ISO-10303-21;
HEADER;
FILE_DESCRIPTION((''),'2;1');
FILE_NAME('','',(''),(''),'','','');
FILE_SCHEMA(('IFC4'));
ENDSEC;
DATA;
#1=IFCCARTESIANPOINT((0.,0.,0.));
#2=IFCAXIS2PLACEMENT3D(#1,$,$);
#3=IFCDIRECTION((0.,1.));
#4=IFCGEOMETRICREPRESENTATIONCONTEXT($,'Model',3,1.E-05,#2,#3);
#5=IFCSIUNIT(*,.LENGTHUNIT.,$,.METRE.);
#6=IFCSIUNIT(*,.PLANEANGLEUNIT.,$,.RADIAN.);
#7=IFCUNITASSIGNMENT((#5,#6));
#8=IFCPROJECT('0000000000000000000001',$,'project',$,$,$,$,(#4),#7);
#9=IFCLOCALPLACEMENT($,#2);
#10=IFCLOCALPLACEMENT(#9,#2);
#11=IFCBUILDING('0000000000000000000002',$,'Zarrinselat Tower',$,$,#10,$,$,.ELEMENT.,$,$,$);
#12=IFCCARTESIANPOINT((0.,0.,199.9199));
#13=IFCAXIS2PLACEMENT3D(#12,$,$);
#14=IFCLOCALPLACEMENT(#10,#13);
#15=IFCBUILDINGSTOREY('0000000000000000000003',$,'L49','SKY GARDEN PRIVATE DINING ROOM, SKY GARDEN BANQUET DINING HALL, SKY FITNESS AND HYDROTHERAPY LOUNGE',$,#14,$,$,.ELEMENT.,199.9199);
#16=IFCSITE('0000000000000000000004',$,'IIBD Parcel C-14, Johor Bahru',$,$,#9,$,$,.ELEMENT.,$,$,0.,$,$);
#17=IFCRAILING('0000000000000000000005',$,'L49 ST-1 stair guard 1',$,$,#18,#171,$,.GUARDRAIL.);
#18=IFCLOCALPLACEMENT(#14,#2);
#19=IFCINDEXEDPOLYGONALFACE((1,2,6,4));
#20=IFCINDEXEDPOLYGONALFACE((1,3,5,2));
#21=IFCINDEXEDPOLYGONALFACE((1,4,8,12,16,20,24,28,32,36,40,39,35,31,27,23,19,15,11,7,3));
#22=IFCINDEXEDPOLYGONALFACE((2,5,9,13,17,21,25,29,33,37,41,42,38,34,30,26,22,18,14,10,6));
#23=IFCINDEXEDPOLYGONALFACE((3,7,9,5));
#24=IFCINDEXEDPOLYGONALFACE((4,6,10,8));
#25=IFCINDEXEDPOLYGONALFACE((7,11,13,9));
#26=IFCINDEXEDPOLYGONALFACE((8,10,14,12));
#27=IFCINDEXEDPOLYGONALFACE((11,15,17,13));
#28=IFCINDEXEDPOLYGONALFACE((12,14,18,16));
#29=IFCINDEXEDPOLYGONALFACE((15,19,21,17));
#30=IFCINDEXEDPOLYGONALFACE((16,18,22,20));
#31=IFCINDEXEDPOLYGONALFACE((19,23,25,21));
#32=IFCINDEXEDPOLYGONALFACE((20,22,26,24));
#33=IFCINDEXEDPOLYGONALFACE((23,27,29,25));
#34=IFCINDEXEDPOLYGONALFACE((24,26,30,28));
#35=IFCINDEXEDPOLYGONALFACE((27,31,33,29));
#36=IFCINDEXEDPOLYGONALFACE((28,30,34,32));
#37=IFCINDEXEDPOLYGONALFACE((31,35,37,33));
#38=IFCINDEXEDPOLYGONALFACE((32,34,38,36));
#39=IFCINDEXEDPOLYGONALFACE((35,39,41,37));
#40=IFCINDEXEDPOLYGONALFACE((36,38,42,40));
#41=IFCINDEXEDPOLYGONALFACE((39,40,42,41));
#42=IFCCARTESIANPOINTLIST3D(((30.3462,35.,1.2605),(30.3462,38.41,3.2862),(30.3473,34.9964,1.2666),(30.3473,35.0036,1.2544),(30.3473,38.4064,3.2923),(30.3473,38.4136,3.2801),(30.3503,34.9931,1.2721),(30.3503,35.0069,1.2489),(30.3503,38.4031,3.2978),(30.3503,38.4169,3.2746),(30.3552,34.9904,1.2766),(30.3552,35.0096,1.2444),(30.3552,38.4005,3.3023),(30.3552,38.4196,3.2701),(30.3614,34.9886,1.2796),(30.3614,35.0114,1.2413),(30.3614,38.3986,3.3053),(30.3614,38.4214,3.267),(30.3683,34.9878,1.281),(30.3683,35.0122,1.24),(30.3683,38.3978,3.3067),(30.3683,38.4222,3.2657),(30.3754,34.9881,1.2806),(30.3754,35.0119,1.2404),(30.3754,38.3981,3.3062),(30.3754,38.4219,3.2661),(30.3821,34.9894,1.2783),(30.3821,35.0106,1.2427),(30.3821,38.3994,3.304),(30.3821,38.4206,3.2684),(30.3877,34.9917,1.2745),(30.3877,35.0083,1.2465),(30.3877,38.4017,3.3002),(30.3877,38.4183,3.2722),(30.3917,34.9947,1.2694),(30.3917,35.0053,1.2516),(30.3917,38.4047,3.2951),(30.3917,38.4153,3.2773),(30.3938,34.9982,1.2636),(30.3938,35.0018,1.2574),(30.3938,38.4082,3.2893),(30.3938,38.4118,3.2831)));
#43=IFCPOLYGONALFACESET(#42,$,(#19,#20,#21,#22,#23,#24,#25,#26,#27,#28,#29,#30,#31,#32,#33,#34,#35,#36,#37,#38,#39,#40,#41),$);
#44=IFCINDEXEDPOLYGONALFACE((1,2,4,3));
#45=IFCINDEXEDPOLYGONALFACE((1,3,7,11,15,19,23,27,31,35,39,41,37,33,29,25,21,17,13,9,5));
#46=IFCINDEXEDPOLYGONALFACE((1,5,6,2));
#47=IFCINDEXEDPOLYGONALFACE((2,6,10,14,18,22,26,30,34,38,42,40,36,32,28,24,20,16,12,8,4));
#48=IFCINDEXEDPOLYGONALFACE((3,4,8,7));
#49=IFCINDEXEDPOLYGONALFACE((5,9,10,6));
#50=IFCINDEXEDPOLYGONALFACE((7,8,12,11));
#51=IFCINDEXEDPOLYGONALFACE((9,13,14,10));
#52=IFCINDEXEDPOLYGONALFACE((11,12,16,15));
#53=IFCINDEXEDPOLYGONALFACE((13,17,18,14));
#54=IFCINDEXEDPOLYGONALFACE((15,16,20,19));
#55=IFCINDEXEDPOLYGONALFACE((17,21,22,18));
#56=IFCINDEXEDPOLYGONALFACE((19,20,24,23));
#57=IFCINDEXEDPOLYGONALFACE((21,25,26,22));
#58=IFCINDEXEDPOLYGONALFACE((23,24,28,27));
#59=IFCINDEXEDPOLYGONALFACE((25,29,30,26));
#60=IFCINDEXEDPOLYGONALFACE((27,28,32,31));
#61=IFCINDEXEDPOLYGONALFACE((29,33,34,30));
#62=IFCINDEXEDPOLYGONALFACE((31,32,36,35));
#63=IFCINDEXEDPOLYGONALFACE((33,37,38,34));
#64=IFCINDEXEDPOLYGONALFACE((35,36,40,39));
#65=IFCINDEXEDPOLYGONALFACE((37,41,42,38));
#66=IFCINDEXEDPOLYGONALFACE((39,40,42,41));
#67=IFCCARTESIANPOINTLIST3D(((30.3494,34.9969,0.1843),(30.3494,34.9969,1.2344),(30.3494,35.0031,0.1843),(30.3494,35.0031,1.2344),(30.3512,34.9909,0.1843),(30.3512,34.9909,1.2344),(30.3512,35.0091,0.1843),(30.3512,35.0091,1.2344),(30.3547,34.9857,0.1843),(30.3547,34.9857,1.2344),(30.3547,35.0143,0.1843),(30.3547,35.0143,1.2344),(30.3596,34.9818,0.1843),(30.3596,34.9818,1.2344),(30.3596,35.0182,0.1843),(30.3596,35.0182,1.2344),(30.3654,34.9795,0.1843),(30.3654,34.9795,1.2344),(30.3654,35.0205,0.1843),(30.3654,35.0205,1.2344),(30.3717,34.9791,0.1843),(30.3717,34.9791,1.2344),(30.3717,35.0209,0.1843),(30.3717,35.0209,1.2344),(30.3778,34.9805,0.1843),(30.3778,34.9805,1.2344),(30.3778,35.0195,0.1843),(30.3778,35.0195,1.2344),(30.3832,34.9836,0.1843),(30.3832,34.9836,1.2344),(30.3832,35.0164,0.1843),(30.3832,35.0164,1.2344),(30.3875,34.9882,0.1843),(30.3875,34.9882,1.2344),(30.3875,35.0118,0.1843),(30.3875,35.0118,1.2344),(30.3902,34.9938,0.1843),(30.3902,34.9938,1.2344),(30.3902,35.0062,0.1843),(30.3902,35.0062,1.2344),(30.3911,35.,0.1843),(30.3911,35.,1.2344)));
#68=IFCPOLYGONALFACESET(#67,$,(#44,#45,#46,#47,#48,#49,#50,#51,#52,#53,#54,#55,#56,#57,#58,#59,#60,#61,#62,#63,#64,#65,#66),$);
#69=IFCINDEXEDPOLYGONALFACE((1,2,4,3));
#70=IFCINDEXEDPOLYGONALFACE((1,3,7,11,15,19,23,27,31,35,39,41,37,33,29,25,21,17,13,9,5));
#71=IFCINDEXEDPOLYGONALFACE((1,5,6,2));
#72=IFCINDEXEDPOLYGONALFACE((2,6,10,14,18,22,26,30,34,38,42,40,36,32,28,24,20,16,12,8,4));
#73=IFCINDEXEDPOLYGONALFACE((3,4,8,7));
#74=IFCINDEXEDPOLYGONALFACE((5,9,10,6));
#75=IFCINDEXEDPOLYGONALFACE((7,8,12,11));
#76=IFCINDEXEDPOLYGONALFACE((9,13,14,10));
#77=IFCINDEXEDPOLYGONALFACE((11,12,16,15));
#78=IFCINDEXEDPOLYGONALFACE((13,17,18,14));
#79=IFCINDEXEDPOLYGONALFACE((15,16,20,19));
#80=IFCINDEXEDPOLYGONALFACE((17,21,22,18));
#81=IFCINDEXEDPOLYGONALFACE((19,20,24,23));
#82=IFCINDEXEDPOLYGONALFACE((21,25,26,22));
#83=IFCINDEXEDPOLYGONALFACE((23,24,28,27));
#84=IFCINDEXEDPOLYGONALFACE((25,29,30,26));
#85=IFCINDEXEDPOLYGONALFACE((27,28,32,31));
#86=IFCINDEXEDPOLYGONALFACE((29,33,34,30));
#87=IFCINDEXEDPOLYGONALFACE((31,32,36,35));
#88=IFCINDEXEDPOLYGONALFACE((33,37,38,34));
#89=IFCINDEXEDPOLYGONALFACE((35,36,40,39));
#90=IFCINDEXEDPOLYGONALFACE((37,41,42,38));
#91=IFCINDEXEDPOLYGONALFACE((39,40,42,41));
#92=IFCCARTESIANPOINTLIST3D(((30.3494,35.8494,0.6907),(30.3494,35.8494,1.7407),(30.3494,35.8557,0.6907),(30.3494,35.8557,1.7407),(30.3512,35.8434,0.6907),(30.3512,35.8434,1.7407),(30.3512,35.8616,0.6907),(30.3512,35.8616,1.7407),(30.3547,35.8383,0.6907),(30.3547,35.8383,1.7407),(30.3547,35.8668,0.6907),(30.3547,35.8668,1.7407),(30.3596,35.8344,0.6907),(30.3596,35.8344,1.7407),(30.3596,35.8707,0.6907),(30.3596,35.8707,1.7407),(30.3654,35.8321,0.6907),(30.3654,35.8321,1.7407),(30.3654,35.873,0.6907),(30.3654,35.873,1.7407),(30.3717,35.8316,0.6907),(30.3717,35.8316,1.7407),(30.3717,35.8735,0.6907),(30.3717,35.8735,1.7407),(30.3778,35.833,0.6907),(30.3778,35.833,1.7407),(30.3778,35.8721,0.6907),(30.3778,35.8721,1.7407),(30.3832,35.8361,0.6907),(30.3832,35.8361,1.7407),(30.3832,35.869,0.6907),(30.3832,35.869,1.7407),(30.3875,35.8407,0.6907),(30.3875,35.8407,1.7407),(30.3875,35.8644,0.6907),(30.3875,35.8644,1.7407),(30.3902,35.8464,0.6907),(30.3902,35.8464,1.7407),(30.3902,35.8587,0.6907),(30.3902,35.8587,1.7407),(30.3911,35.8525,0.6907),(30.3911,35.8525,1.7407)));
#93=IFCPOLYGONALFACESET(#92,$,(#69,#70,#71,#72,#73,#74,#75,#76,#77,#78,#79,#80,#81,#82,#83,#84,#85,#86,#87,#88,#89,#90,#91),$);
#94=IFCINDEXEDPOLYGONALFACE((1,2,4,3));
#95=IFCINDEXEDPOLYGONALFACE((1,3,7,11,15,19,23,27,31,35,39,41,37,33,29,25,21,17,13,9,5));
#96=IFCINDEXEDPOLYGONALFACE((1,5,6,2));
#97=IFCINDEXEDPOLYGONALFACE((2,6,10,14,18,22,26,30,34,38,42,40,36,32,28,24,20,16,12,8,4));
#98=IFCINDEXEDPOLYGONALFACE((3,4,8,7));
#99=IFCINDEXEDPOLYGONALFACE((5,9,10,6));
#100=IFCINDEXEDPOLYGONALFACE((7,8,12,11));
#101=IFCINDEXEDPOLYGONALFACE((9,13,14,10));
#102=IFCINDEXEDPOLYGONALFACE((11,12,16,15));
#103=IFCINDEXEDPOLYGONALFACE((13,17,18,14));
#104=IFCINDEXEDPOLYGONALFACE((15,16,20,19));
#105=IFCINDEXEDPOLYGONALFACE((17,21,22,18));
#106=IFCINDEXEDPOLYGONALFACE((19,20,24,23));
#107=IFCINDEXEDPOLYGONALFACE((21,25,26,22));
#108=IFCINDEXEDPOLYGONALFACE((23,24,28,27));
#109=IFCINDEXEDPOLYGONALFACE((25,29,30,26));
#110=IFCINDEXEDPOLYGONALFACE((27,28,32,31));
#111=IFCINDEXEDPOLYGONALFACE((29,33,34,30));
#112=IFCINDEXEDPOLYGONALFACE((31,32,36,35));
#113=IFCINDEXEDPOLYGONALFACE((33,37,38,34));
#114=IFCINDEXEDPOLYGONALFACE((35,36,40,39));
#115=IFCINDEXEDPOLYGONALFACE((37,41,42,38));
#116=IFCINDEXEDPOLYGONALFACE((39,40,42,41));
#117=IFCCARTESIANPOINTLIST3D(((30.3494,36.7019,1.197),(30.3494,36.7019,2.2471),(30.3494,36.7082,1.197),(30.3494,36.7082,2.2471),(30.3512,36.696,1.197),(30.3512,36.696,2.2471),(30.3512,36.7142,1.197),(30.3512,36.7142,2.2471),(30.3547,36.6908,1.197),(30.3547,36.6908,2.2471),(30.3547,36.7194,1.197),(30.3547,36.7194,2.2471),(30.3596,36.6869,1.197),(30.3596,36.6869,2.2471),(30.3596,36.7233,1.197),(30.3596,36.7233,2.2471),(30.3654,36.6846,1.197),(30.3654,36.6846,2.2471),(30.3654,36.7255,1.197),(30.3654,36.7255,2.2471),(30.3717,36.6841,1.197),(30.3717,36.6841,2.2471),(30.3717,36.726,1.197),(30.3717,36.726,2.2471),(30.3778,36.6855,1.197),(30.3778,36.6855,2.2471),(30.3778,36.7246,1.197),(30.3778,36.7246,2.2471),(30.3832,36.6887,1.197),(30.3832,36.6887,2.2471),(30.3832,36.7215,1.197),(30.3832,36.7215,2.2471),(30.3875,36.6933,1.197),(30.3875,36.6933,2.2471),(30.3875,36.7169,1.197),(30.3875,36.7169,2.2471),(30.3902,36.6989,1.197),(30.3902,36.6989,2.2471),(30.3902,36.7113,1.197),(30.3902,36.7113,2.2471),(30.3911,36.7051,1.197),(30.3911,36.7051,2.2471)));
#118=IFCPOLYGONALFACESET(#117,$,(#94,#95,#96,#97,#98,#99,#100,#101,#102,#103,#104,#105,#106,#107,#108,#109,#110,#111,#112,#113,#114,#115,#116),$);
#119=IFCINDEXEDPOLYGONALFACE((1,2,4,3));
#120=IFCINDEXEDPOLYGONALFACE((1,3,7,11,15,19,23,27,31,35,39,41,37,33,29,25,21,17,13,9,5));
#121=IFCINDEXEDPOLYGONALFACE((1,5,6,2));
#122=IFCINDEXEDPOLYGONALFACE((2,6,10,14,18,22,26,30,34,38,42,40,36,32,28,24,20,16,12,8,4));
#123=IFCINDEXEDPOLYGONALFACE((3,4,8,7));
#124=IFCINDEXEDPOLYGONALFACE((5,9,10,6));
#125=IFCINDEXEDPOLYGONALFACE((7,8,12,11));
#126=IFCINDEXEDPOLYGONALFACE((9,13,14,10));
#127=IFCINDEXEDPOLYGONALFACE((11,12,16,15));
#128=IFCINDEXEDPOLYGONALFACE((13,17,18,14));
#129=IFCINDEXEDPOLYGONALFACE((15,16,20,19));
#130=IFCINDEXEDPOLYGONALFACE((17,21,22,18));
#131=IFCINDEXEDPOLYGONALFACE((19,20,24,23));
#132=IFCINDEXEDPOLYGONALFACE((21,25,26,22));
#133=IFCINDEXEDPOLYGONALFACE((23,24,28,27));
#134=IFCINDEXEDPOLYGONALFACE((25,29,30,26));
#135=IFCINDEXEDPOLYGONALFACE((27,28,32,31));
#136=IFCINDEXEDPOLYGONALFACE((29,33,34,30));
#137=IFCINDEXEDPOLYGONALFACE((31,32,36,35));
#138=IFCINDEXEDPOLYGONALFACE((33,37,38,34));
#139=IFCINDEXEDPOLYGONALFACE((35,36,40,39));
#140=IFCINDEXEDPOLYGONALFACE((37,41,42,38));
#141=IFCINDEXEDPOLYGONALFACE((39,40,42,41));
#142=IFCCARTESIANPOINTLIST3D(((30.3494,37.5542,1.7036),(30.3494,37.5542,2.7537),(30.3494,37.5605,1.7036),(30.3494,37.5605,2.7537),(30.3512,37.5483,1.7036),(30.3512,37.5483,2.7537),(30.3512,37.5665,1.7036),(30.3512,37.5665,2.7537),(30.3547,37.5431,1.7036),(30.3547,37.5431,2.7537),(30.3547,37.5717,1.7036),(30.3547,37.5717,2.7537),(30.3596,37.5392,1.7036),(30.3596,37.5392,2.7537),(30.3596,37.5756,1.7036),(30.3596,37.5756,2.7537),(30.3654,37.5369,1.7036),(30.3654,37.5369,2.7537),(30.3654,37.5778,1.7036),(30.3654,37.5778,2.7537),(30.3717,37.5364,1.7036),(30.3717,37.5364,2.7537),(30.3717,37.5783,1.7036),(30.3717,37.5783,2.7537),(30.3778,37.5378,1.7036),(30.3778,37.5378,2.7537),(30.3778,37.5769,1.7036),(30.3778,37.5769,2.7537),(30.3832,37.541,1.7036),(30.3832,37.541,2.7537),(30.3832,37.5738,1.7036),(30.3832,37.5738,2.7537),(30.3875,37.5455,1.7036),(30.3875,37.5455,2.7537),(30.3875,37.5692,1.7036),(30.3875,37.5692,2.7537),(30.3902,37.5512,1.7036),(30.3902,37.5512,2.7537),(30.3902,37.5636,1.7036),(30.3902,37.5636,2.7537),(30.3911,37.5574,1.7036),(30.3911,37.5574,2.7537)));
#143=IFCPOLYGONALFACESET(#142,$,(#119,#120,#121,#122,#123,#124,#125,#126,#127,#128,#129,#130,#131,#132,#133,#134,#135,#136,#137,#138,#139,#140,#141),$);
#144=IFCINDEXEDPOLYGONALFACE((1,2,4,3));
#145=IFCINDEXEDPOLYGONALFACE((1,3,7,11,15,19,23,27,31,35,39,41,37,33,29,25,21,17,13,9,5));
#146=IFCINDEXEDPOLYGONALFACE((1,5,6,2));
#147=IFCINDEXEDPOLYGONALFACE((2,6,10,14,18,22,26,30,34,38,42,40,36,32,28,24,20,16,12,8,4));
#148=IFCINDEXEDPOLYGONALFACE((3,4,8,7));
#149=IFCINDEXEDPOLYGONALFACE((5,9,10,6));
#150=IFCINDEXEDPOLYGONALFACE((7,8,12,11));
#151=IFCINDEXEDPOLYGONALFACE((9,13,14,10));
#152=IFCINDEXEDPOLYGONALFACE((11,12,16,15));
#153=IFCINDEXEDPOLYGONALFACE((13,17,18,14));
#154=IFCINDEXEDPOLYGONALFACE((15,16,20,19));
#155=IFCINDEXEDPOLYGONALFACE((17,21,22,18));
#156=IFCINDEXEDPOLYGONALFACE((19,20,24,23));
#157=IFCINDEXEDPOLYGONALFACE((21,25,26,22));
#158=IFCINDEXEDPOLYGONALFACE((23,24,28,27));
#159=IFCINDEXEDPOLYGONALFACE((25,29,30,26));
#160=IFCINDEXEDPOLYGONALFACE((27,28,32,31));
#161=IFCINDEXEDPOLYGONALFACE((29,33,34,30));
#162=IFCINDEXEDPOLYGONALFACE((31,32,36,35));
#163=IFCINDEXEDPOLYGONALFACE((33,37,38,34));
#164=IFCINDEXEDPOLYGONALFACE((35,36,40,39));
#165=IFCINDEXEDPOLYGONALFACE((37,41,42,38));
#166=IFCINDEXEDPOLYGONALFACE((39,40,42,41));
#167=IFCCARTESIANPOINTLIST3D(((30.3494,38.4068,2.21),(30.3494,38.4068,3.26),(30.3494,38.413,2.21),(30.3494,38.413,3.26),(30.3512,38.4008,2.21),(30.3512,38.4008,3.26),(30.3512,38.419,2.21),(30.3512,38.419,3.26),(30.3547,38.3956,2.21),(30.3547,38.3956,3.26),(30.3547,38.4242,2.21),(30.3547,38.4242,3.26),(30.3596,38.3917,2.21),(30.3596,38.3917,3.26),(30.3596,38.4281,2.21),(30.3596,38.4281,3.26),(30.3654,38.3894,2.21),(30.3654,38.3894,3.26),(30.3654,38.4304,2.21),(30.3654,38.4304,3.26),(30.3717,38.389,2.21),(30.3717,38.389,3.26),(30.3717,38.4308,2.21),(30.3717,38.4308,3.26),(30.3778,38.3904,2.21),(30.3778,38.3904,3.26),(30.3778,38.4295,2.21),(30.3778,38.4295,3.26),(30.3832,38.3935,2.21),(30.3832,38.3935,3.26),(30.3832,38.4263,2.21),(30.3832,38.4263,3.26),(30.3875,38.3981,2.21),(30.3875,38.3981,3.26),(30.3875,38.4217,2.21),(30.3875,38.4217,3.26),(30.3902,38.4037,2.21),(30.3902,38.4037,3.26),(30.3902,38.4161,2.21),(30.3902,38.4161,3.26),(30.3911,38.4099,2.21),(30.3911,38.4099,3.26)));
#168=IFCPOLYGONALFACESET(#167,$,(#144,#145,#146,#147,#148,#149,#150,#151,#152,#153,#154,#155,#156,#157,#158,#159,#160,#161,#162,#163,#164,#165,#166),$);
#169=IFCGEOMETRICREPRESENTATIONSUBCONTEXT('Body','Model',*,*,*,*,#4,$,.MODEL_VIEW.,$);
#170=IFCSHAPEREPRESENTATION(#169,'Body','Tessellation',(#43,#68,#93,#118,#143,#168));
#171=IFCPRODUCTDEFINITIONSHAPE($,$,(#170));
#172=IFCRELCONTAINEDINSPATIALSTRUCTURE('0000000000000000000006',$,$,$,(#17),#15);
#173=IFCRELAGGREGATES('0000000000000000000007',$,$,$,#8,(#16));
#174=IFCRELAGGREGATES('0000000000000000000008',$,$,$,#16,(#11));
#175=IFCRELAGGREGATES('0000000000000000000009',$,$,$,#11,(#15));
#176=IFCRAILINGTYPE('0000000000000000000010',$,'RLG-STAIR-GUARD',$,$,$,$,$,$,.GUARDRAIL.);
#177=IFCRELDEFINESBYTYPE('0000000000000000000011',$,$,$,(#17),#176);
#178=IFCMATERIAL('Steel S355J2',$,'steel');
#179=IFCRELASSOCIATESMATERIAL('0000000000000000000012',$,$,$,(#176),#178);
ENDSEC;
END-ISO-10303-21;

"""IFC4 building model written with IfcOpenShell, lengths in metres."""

from ifc_helpers import new_model, si_unit, direction, frame, origin, origin_2d, place, context, subcontext, project, spatial, circle, extrude, material, type_object, element, save


model = new_model("IFC4")

# Units and contexts
model_context = context("Model", 3, precision=1e-05, world=origin(), true_north=direction((0.0, 1.0)))
body_context = subcontext(model_context, "Body", "Model", "MODEL_VIEW")
ifc_project = project(units=[si_unit("LENGTHUNIT", "METRE"), si_unit("PLANEANGLEUNIT", "RADIAN")], contexts=[model_context])

# Site, building, storey
site_placement = place(None, origin())
site = spatial("IfcSite", under=ifc_project, at=site_placement, Name="IIBD Parcel C-14, Johor Bahru", CompositionType="ELEMENT", RefElevation=0.0)
building_placement = place(site_placement, origin())
building = spatial("IfcBuilding", under=site, at=building_placement, Name="Zarrinselat Tower", CompositionType="ELEMENT")
storey_placement = place(building_placement, frame((0.0, 0.0, 199.9199)))
storey = spatial("IfcBuildingStorey", under=building, at=storey_placement, Name="L49", Description="SKY GARDEN PRIVATE DINING ROOM, SKY GARDEN BANQUET DINING HALL, SKY FITNESS AND HYDROTHERAPY LOUNGE", CompositionType="ELEMENT", Elevation=199.9199)

# Railing
ifc_material_1 = material(Name="Steel S355J2", Category="steel")
railing_type_1 = type_object("IfcRailingType", Name="RLG-STAIR-GUARD", PredefinedType="GUARDRAIL", material=ifc_material_1)
railing_1_placement = place(storey_placement, frame((30.3701, 35.0, 0.1843)))
element("IfcRailing", 1, at=railing_1_placement, inside=storey, type_object=railing_type_1, Name="L49 ST-1 stair guard 1", PredefinedType="GUARDRAIL", context=body_context, shape_type="SweptSolid", body=[
    extrude(circle(Radius=0.0239, at=origin_2d()), frame((0.0, 0.0, 1.0762), z_axis=(0.0, 0.859744, 0.510725), x_axis=(-1.0, 0.0, 0.0)), (0.0, 0.0, 1.0), 3.9663),
    extrude(circle(Radius=0.021, at=origin_2d()), origin(), (0.0, 0.0, 1.0), 1.05),
    extrude(circle(Radius=0.021, at=origin_2d()), frame((0.0, 0.8525, 0.5063)), (0.0, 0.0, 1.0), 1.05),
    extrude(circle(Radius=0.021, at=origin_2d()), frame((0.0, 1.7051, 1.0127)), (0.0, 0.0, 1.0), 1.05),
    extrude(circle(Radius=0.021, at=origin_2d()), frame((0.0, 2.5574, 1.5193)), (0.0, 0.0, 1.0), 1.05),
    extrude(circle(Radius=0.021, at=origin_2d()), frame((0.0, 3.4099, 2.0256)), (0.0, 0.0, 1.0), 1.05),
])

save(model, "model.ifc")
